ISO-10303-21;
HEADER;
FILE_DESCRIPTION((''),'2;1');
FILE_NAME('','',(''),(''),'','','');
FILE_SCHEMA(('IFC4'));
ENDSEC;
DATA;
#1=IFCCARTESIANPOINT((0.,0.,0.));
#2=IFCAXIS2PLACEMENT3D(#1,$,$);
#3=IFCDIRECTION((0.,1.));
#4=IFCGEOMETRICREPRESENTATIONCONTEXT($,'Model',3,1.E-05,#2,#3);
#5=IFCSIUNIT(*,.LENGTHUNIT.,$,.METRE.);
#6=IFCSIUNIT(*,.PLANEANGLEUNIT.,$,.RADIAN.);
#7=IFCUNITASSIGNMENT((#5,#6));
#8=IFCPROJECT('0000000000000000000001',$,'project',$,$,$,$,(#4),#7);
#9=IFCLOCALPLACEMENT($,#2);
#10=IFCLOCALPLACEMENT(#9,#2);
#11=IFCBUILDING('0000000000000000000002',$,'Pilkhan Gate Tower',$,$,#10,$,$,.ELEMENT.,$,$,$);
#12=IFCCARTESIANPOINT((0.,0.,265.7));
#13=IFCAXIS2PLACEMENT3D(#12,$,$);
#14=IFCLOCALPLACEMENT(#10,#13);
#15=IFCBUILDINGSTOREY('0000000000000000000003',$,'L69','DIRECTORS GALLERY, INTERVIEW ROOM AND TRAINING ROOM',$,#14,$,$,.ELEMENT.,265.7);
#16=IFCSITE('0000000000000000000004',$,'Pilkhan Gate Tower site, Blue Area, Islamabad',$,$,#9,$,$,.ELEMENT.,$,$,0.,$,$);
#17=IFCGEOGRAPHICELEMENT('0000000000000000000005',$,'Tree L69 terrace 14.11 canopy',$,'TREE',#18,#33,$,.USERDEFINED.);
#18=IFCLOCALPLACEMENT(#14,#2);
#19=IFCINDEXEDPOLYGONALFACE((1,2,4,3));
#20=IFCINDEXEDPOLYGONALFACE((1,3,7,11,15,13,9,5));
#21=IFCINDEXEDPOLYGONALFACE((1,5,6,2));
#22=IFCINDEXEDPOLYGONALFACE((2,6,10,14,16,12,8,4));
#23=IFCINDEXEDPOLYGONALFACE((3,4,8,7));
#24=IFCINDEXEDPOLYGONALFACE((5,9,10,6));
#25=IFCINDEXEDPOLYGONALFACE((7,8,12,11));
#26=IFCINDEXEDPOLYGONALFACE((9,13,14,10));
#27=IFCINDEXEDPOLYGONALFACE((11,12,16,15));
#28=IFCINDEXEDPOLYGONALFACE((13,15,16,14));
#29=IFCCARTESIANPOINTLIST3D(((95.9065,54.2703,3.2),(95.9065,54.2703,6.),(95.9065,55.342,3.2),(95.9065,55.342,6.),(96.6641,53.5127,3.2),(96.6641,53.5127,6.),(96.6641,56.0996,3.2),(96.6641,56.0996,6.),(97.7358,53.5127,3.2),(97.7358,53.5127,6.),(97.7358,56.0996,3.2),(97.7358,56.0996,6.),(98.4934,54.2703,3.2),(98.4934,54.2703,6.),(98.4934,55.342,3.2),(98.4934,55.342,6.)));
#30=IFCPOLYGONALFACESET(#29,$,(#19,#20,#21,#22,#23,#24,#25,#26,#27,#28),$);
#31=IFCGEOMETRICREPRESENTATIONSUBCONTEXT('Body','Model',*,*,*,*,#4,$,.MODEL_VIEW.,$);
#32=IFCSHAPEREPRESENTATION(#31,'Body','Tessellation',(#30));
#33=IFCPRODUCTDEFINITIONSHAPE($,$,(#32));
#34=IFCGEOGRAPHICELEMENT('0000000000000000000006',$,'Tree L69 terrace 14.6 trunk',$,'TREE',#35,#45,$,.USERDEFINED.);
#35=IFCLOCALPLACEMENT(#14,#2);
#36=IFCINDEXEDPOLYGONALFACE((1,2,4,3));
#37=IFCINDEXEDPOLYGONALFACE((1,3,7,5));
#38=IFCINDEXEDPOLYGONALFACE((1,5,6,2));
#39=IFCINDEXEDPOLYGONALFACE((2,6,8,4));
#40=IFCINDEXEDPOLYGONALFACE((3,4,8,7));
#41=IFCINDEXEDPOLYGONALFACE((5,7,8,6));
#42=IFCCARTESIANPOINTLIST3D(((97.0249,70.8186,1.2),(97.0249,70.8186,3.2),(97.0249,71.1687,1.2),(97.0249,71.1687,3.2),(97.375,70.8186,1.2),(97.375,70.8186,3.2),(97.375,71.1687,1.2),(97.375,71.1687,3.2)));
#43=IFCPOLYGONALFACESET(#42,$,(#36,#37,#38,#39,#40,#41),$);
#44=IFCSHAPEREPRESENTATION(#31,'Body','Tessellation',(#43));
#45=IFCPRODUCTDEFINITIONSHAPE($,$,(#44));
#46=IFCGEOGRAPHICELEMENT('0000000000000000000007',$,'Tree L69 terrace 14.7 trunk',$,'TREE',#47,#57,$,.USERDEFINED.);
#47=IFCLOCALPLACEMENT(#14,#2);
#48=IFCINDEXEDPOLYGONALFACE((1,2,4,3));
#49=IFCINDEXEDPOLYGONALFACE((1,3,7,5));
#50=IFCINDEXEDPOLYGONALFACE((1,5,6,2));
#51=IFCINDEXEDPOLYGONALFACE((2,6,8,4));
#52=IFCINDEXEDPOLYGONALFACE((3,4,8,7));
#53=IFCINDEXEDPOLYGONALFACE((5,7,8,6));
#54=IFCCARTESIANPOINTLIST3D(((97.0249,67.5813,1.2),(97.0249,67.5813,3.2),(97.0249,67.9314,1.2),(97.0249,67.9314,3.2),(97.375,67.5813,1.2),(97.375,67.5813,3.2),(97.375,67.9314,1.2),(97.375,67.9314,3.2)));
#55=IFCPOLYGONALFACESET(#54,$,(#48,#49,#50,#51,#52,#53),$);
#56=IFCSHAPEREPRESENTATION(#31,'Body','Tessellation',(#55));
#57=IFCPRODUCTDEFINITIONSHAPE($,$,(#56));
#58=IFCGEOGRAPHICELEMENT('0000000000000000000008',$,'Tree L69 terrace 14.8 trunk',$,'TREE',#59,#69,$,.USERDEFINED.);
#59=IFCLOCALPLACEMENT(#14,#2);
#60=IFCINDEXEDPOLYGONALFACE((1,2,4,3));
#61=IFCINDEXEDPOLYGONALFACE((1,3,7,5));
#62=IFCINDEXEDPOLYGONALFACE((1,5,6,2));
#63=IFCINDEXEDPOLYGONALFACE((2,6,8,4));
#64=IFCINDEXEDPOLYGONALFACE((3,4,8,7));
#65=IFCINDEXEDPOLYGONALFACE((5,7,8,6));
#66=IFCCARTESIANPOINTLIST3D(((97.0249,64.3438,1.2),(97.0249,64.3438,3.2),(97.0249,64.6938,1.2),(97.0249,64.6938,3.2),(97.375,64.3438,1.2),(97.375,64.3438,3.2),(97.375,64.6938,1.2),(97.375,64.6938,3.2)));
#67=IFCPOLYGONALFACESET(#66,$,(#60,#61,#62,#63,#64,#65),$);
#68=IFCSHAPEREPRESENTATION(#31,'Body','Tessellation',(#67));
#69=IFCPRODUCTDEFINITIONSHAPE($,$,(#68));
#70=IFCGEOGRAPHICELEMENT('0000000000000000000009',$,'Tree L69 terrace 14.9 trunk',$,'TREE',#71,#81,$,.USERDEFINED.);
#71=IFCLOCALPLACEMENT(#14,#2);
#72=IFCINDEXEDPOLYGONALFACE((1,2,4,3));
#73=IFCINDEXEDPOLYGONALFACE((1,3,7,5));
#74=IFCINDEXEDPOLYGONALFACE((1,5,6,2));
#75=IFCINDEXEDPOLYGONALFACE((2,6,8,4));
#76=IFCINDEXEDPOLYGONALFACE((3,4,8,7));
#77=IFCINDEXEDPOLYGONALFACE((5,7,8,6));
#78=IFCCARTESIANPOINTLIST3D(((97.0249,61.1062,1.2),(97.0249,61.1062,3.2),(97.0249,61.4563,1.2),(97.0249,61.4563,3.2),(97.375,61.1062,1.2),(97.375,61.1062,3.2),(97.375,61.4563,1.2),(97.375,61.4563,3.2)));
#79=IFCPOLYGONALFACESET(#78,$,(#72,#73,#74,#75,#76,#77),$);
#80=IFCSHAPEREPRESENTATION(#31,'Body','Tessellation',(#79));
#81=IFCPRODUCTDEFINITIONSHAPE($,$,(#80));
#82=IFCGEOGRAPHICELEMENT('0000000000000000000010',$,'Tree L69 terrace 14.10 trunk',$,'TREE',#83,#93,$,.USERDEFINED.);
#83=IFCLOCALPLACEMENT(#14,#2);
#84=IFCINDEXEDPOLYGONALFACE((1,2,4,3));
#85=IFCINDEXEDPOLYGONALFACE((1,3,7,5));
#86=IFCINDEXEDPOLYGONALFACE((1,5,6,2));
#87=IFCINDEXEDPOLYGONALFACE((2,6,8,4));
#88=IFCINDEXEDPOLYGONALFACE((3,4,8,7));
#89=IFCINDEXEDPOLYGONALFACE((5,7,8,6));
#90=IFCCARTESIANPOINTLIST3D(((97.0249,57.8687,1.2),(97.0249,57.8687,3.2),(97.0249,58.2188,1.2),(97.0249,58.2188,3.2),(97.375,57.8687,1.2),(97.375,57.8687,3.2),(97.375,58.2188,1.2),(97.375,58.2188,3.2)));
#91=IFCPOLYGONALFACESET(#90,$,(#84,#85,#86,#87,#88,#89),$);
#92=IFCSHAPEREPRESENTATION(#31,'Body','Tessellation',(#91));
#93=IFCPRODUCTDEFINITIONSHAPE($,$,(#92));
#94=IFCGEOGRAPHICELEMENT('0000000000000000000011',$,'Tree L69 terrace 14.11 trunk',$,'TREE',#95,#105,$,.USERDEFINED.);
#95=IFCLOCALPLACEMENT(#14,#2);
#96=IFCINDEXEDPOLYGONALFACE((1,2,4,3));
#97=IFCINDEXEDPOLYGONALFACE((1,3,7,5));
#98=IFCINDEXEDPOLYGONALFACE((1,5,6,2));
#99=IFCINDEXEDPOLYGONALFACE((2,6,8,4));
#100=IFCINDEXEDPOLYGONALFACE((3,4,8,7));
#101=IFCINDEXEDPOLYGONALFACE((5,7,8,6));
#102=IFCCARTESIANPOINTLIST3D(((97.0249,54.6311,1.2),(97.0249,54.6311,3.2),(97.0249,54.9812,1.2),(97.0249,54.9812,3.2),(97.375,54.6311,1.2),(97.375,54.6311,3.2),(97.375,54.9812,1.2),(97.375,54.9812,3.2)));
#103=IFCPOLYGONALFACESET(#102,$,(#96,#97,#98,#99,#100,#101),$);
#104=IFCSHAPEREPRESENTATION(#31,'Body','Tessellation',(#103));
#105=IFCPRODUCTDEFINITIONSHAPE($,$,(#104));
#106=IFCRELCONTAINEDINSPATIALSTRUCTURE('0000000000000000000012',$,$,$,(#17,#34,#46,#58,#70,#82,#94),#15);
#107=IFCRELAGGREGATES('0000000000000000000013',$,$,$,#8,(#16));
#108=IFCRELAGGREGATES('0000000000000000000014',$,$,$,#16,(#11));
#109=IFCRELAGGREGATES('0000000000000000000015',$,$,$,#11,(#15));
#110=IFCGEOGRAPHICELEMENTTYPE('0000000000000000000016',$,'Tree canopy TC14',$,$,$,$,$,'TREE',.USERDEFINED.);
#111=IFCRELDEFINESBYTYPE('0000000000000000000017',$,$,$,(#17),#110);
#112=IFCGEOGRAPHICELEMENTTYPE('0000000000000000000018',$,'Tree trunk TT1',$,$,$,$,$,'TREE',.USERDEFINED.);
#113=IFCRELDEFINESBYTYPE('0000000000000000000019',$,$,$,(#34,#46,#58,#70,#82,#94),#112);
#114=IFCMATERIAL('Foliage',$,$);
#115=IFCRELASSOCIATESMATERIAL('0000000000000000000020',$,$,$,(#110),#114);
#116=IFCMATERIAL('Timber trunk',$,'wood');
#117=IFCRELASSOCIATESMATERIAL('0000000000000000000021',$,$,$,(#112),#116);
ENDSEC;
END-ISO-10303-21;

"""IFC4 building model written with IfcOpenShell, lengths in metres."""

from ifc_helpers import new_model, si_unit, direction, frame, origin, origin_2d, place, context, subcontext, project, spatial, polyline, rectangle, outline, extrude, material, material_profile, profile_set, type_object, element, save


model = new_model("IFC4")

# Units and contexts
model_context = context("Model", 3, precision=1e-05, world=origin(), true_north=direction((0.0, 1.0)))
body_context = subcontext(model_context, "Body", "Model", "MODEL_VIEW")
ifc_project = project(units=[si_unit("LENGTHUNIT", "METRE"), si_unit("PLANEANGLEUNIT", "RADIAN")], contexts=[model_context])

# Site, building, storey
site_placement = place(None, origin())
site = spatial("IfcSite", under=ifc_project, at=site_placement, Name="Pilkhan Gate Tower site, Blue Area, Islamabad", CompositionType="ELEMENT", RefElevation=0.0)
building_placement = place(site_placement, origin())
building = spatial("IfcBuilding", under=site, at=building_placement, Name="Pilkhan Gate Tower", CompositionType="ELEMENT")
storey_placement = place(building_placement, frame((0.0, 0.0, 265.7)))
storey = spatial("IfcBuildingStorey", under=building, at=storey_placement, Name="L69", Description="DIRECTORS GALLERY, INTERVIEW ROOM AND TRAINING ROOM", CompositionType="ELEMENT", Elevation=265.7)

# Geographic elements
ifc_material_1 = material(Name="Foliage")
ifc_material_profile_1 = material_profile(ifc_material_1, outline(polyline([(1.2935, 0.5359), (0.5359, 1.2935), (-0.5359, 1.2935), (-1.2935, 0.5359), (-1.2935, -0.5359), (-0.5359, -1.2935), (0.5359, -1.2935), (1.2935, -0.5359), (1.2935, 0.5359)])), Name="Canopy D2.8")
ifc_profile_set_1 = profile_set([ifc_material_profile_1], Name="Foliage")
geographic_element_type_1 = type_object("IfcGeographicElementType", Name="Tree canopy TC14", ElementType="TREE", PredefinedType="USERDEFINED", material=ifc_profile_set_1)
for number, where, z_axis, x_axis, name in (
    (1, (97.2, 54.8062, 3.2), (0.0, 0.0, 1.0), (1.0, 0.0, 0.0), "Tree L69 terrace 14.11 canopy"),
):
    element("IfcGeographicElement", number, at=place(storey_placement, frame(where, z_axis=z_axis, x_axis=x_axis)), inside=storey, type_object=geographic_element_type_1, Name=name, ObjectType="TREE", PredefinedType="USERDEFINED", context=body_context, shape_type="SweptSolid", body=[
        extrude(outline(polyline([(1.2935, 0.5359), (0.5359, 1.2935), (-0.5359, 1.2935), (-1.2935, 0.5359), (-1.2935, -0.5359), (-0.5359, -1.2935), (0.5359, -1.2935), (1.2935, -0.5359), (1.2935, 0.5359)])), origin(), (0.0, 0.0, 1.0), 2.8),
    ])
ifc_material_2 = material(Name="Timber trunk", Category="wood")
geographic_element_type_2 = type_object("IfcGeographicElementType", Name="Tree trunk TT1", ElementType="TREE", PredefinedType="USERDEFINED", material=ifc_material_2)
for number, where, z_axis, x_axis, name in (
    (2, (97.2, 70.9937, 1.2), (0.0, 0.0, 1.0), (1.0, 0.0, 0.0), "Tree L69 terrace 14.6 trunk"),
    (3, (97.2, 67.7563, 1.2), (0.0, 0.0, 1.0), (1.0, 0.0, 0.0), "Tree L69 terrace 14.7 trunk"),
    (4, (97.2, 64.5188, 1.2), (0.0, 0.0, 1.0), (1.0, 0.0, 0.0), "Tree L69 terrace 14.8 trunk"),
    (5, (97.2, 61.2812, 1.2), (0.0, 0.0, 1.0), (1.0, 0.0, 0.0), "Tree L69 terrace 14.9 trunk"),
    (6, (97.2, 58.0437, 1.2), (0.0, 0.0, 1.0), (1.0, 0.0, 0.0), "Tree L69 terrace 14.10 trunk"),
    (7, (97.2, 54.8062, 1.2), (0.0, 0.0, 1.0), (1.0, 0.0, 0.0), "Tree L69 terrace 14.11 trunk"),
):
    element("IfcGeographicElement", number, at=place(storey_placement, frame(where, z_axis=z_axis, x_axis=x_axis)), inside=storey, type_object=geographic_element_type_2, Name=name, ObjectType="TREE", PredefinedType="USERDEFINED", context=body_context, shape_type="SweptSolid", body=[
        extrude(rectangle(XDim=0.3501, YDim=0.3501, at=origin_2d()), origin(), (0.0, 0.0, 1.0), 2.0),
    ])

save(model, "model.ifc")
